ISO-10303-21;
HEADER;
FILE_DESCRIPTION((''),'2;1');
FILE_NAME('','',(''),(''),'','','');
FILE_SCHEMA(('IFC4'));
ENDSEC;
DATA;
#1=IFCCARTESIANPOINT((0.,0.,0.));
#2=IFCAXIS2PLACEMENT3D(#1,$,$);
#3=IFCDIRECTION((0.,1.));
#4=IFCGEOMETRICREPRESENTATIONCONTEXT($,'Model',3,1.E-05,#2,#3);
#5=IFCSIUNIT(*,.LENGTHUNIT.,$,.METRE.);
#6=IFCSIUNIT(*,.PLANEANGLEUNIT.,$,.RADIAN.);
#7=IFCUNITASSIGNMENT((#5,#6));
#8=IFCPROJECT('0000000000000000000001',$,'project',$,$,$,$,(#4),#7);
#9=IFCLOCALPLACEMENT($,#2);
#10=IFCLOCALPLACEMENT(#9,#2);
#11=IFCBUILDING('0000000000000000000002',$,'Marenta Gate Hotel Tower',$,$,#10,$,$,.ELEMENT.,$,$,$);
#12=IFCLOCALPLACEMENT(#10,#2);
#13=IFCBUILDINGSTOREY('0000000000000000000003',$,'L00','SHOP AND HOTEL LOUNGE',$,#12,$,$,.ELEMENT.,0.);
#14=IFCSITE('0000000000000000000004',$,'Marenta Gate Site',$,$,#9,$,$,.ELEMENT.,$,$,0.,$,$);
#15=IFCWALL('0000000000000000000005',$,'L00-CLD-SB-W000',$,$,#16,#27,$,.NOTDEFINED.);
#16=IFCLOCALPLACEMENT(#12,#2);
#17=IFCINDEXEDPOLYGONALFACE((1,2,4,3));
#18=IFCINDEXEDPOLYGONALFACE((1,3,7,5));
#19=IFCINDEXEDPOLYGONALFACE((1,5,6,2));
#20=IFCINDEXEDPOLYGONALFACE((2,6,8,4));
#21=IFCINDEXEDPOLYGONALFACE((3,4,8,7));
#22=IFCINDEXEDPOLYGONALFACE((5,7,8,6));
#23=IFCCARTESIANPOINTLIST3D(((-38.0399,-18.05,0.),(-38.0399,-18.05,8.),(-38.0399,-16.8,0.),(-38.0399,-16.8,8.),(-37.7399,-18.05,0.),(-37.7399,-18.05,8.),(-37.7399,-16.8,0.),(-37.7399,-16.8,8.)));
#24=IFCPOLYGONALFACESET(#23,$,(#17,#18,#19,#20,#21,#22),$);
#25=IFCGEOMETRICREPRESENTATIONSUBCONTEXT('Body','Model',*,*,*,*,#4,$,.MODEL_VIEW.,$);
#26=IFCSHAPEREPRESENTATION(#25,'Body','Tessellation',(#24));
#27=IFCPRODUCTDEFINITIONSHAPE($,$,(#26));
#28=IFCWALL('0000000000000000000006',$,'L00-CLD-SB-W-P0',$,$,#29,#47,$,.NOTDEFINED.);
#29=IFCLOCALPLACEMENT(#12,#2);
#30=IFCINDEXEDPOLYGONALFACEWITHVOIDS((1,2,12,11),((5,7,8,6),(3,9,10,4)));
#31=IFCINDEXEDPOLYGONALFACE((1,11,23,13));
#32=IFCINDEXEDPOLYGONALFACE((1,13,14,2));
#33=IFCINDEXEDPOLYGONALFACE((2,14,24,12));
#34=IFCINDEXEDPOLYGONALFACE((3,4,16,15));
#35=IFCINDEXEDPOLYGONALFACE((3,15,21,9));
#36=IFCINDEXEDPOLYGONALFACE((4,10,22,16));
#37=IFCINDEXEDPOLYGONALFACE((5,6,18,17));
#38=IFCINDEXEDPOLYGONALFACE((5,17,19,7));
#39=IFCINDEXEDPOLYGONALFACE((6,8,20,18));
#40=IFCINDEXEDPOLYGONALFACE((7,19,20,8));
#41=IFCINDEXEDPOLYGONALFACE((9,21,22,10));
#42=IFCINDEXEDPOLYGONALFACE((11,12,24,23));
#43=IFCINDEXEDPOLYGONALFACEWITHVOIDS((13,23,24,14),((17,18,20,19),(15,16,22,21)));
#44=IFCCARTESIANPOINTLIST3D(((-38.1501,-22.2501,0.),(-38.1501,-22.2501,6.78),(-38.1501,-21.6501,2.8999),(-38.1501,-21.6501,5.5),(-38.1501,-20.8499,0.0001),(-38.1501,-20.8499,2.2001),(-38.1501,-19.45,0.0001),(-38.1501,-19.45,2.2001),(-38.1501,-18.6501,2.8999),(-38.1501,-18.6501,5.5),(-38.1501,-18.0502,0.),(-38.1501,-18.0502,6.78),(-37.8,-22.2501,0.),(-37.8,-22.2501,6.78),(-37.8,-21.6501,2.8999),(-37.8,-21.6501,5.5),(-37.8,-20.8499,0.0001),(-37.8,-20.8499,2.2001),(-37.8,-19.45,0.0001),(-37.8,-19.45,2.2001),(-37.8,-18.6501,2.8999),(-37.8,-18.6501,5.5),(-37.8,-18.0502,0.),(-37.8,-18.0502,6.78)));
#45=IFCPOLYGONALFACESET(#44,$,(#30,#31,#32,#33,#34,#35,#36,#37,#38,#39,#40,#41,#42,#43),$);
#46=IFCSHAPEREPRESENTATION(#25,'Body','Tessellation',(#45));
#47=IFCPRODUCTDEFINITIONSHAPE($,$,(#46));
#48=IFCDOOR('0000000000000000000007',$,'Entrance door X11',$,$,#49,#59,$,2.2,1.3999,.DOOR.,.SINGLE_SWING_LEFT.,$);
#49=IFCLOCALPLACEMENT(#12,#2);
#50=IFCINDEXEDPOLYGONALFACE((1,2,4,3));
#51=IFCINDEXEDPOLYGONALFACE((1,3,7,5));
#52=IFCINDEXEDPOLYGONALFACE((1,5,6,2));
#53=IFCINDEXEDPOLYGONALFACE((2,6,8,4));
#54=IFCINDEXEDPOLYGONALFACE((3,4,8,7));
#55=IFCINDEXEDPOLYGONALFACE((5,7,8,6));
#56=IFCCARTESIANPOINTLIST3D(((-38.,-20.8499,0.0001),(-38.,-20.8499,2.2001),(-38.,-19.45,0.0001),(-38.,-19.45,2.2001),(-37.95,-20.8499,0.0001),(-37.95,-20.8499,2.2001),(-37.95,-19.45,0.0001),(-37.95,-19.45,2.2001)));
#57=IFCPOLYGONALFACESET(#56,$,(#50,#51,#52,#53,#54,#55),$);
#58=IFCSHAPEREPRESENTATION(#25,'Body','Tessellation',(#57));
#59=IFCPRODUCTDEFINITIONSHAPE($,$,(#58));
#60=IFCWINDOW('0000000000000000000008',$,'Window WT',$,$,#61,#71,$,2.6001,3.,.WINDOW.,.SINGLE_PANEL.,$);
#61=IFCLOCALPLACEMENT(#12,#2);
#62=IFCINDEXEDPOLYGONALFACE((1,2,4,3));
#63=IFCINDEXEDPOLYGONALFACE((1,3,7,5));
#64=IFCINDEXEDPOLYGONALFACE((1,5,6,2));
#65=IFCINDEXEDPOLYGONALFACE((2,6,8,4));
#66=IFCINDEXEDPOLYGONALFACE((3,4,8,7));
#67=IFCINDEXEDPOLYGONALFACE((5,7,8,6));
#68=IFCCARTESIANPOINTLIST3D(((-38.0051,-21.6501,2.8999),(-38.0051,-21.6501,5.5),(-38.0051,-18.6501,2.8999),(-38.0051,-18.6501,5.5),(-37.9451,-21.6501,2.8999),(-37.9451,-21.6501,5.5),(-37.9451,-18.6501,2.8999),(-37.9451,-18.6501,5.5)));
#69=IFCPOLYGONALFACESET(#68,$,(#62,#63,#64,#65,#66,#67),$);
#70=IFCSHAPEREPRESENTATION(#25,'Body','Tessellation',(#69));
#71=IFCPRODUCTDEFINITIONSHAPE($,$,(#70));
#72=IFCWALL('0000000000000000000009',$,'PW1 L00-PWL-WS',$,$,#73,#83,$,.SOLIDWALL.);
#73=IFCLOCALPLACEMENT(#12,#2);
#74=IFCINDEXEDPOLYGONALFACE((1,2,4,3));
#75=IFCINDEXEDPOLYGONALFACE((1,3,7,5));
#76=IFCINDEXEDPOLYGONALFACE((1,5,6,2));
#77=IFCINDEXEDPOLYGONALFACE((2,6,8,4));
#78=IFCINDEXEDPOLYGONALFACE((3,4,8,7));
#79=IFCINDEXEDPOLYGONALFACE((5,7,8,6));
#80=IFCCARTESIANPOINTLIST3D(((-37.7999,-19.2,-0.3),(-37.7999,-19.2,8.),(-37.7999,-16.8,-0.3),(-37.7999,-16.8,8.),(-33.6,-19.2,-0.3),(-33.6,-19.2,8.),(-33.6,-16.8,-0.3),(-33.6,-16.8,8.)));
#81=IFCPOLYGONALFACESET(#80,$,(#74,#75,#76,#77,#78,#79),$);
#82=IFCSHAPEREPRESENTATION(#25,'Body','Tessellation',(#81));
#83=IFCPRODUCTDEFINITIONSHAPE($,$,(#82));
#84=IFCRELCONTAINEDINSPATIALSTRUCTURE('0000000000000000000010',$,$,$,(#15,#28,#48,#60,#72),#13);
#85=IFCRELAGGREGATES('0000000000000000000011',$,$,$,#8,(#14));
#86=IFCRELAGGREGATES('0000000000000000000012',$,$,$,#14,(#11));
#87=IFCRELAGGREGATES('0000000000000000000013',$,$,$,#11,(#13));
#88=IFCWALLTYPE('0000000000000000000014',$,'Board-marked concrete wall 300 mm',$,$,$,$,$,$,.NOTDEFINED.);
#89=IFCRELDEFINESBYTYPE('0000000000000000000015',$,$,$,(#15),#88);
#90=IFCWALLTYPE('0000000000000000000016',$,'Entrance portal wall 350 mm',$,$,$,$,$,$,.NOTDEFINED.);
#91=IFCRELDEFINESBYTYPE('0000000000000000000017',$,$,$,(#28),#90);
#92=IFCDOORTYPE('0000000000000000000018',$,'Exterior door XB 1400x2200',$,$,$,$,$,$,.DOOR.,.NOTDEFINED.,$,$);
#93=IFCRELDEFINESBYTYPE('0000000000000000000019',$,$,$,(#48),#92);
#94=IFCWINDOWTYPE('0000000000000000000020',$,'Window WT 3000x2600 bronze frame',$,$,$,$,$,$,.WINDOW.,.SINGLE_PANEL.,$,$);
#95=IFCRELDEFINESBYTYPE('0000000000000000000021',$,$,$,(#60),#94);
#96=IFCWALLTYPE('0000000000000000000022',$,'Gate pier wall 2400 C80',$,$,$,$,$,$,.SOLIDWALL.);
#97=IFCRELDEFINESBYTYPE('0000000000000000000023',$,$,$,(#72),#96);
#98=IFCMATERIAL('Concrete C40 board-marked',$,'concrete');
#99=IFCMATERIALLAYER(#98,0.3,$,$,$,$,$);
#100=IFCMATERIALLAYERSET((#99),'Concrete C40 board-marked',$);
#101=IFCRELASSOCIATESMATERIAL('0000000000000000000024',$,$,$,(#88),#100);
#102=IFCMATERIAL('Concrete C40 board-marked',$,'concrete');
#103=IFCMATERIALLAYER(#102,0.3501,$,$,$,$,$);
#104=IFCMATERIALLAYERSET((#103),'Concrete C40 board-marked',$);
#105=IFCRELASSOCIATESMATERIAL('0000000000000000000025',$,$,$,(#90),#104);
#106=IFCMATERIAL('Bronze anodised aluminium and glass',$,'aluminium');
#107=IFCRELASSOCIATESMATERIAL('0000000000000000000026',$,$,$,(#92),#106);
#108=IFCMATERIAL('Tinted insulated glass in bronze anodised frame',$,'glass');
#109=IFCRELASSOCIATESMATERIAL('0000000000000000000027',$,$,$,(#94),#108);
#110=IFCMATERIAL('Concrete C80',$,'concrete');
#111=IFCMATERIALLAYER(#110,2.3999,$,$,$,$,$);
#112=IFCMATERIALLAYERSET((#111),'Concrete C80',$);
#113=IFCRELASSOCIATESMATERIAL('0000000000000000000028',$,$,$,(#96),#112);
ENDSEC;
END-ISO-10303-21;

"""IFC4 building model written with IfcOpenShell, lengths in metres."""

from ifc_helpers import new_model, si_unit, direction, frame, frame_2d, origin, place, context, subcontext, project, spatial, rectangle, extrude, material, layer, layer_set, type_object, element, fill, save


model = new_model("IFC4")

# Units and contexts
model_context = context("Model", 3, precision=1e-05, world=origin(), true_north=direction((0.0, 1.0)))
body_context = subcontext(model_context, "Body", "Model", "MODEL_VIEW")
ifc_project = project(units=[si_unit("LENGTHUNIT", "METRE"), si_unit("PLANEANGLEUNIT", "RADIAN")], contexts=[model_context])

# Site, building, storey
site_placement = place(None, origin())
site = spatial("IfcSite", under=ifc_project, at=site_placement, Name="Marenta Gate Site", CompositionType="ELEMENT", RefElevation=0.0)
building_placement = place(site_placement, origin())
building = spatial("IfcBuilding", under=site, at=building_placement, Name="Marenta Gate Hotel Tower", CompositionType="ELEMENT")
storey_placement = place(building_placement, origin())
storey = spatial("IfcBuildingStorey", under=building, at=storey_placement, Name="L00", Description="SHOP AND HOTEL LOUNGE", CompositionType="ELEMENT", Elevation=0.0)

# Wall
ifc_material_1 = material(Name="Concrete C40 board-marked", Category="concrete")
ifc_layer_1 = layer(ifc_material_1, 0.3)
ifc_layer_set_1 = layer_set([ifc_layer_1], Name="Concrete C40 board-marked")
wall_type_1 = type_object("IfcWallType", Name="Board-marked concrete wall 300 mm", PredefinedType="NOTDEFINED", material=ifc_layer_set_1)
wall_1_placement = place(storey_placement, frame((-37.8899, -16.8, 0.0), z_axis=(0.0, 0.0, 1.0), x_axis=(0.0, -1.0, 0.0)))
element("IfcWall", 1, at=wall_1_placement, inside=storey, type_object=wall_type_1, Name="L00-CLD-SB-W000", PredefinedType="NOTDEFINED", context=body_context, shape_type="SweptSolid", body=[
    extrude(rectangle(XDim=1.25, YDim=0.3, at=frame_2d((0.625, 0.0))), origin(), (0.0, 0.0, 1.0), 8.0),
])

# Wall, openings, door, window
ifc_material_2 = material(Name="Concrete C40 board-marked", Category="concrete")
ifc_layer_2 = layer(ifc_material_2, 0.3501)
ifc_layer_set_2 = layer_set([ifc_layer_2], Name="Concrete C40 board-marked")
wall_type_2 = type_object("IfcWallType", Name="Entrance portal wall 350 mm", PredefinedType="NOTDEFINED", material=ifc_layer_set_2)
wall_2_placement = place(storey_placement, frame((-37.9751, -18.05, 0.0), z_axis=(0.0, 0.0, 1.0), x_axis=(0.0, -1.0, 0.0)))
wall_2 = element("IfcWall", 2, at=wall_2_placement, inside=storey, type_object=wall_type_2, Name="L00-CLD-SB-W-P0", PredefinedType="NOTDEFINED", context=body_context, shape_type="SweptSolid", body=[
    extrude(rectangle(XDim=4.2, YDim=0.3501, at=frame_2d((2.1001, 0.0))), origin(), (0.0, 0.0, 1.0), 6.78),
])
opening_1_placement = place(wall_2_placement, frame((1.3999, 0.0, 0.0)))
opening_1 = element("IfcOpeningElement", 3, at=opening_1_placement, cuts=wall_2, PredefinedType="OPENING", context=body_context, shape_type="SweptSolid", body=[
    extrude(rectangle(XDim=1.3999, YDim=2.2, at=frame_2d((0.7, 1.1001))), frame((0.0, 0.175, 0.0), z_axis=(0.0, -1.0, 0.0), x_axis=(1.0, 0.0, 0.0)), (0.0, 0.0, 1.0), 0.3501),
])
opening_2_placement = place(wall_2_placement, frame((0.6001, 0.0, 2.8999)))
opening_2 = element("IfcOpeningElement", 4, at=opening_2_placement, cuts=wall_2, PredefinedType="OPENING", context=body_context, shape_type="SweptSolid", body=[
    extrude(rectangle(XDim=3.0, YDim=2.6001, at=frame_2d((1.5, 1.3))), frame((0.0, 0.175, 0.0), z_axis=(0.0, -1.0, 0.0), x_axis=(1.0, 0.0, 0.0)), (0.0, 0.0, 1.0), 0.3501),
])
ifc_material_3 = material(Name="Bronze anodised aluminium and glass", Category="aluminium")
door_type_1 = type_object("IfcDoorType", Name="Exterior door XB 1400x2200", OperationType="NOTDEFINED", PredefinedType="DOOR", material=ifc_material_3)
door_1_placement = place(opening_1_placement, frame((1.3999, 0.0, 0.0), z_axis=(0.0, 0.0, 1.0), x_axis=(-1.0, 0.0, 0.0)))
door_1 = element("IfcDoor", 5, at=door_1_placement, inside=storey, type_object=door_type_1, Name="Entrance door X11", OperationType="SINGLE_SWING_LEFT", OverallHeight=2.2, OverallWidth=1.3999, PredefinedType="DOOR", context=body_context, shape_type="SweptSolid", body=[
    extrude(rectangle(XDim=1.3999, YDim=2.2, at=frame_2d((0.7, 1.1001))), frame((0.0, 0.0249, 0.0), z_axis=(0.0, -1.0, 0.0), x_axis=(1.0, 0.0, 0.0)), (0.0, 0.0, 1.0), 0.05),
])
fill(opening_1, door_1)
ifc_material_4 = material(Name="Tinted insulated glass in bronze anodised frame", Category="glass")
window_type = type_object("IfcWindowType", Name="Window WT 3000x2600 bronze frame", PartitioningType="SINGLE_PANEL", PredefinedType="WINDOW", material=ifc_material_4)
window_placement = place(opening_2_placement, origin())
window = element("IfcWindow", 6, at=window_placement, inside=storey, type_object=window_type, Name="Window WT", OverallHeight=2.6001, OverallWidth=3.0, PartitioningType="SINGLE_PANEL", PredefinedType="WINDOW", context=body_context, shape_type="SweptSolid", body=[
    extrude(rectangle(XDim=3.0, YDim=2.6001, at=frame_2d((1.5, 1.3))), frame((0.0, 0.03, 0.0), z_axis=(0.0, -1.0, 0.0), x_axis=(1.0, 0.0, 0.0)), (0.0, 0.0, 1.0), 0.0601),
])
fill(opening_2, window)

# Wall
ifc_material_5 = material(Name="Concrete C80", Category="concrete")
ifc_layer_3 = layer(ifc_material_5, 2.3999)
ifc_layer_set_3 = layer_set([ifc_layer_3], Name="Concrete C80")
wall_type_3 = type_object("IfcWallType", Name="Gate pier wall 2400 C80", PredefinedType="SOLIDWALL", material=ifc_layer_set_3)
wall_3_placement = place(storey_placement, frame((-37.8, -18.0, -0.3), z_axis=(0.0, 0.0, 1.0), x_axis=(1.0, 0.0, 0.0)))
element("IfcWall", 7, at=wall_3_placement, inside=storey, type_object=wall_type_3, Name="PW1 L00-PWL-WS", PredefinedType="SOLIDWALL", context=body_context, shape_type="SweptSolid", body=[
    extrude(rectangle(XDim=4.2, YDim=2.3999, at=frame_2d((2.1001, 0.0))), origin(), (0.0, 0.0, 1.0), 8.3),
])

save(model, "model.ifc")
